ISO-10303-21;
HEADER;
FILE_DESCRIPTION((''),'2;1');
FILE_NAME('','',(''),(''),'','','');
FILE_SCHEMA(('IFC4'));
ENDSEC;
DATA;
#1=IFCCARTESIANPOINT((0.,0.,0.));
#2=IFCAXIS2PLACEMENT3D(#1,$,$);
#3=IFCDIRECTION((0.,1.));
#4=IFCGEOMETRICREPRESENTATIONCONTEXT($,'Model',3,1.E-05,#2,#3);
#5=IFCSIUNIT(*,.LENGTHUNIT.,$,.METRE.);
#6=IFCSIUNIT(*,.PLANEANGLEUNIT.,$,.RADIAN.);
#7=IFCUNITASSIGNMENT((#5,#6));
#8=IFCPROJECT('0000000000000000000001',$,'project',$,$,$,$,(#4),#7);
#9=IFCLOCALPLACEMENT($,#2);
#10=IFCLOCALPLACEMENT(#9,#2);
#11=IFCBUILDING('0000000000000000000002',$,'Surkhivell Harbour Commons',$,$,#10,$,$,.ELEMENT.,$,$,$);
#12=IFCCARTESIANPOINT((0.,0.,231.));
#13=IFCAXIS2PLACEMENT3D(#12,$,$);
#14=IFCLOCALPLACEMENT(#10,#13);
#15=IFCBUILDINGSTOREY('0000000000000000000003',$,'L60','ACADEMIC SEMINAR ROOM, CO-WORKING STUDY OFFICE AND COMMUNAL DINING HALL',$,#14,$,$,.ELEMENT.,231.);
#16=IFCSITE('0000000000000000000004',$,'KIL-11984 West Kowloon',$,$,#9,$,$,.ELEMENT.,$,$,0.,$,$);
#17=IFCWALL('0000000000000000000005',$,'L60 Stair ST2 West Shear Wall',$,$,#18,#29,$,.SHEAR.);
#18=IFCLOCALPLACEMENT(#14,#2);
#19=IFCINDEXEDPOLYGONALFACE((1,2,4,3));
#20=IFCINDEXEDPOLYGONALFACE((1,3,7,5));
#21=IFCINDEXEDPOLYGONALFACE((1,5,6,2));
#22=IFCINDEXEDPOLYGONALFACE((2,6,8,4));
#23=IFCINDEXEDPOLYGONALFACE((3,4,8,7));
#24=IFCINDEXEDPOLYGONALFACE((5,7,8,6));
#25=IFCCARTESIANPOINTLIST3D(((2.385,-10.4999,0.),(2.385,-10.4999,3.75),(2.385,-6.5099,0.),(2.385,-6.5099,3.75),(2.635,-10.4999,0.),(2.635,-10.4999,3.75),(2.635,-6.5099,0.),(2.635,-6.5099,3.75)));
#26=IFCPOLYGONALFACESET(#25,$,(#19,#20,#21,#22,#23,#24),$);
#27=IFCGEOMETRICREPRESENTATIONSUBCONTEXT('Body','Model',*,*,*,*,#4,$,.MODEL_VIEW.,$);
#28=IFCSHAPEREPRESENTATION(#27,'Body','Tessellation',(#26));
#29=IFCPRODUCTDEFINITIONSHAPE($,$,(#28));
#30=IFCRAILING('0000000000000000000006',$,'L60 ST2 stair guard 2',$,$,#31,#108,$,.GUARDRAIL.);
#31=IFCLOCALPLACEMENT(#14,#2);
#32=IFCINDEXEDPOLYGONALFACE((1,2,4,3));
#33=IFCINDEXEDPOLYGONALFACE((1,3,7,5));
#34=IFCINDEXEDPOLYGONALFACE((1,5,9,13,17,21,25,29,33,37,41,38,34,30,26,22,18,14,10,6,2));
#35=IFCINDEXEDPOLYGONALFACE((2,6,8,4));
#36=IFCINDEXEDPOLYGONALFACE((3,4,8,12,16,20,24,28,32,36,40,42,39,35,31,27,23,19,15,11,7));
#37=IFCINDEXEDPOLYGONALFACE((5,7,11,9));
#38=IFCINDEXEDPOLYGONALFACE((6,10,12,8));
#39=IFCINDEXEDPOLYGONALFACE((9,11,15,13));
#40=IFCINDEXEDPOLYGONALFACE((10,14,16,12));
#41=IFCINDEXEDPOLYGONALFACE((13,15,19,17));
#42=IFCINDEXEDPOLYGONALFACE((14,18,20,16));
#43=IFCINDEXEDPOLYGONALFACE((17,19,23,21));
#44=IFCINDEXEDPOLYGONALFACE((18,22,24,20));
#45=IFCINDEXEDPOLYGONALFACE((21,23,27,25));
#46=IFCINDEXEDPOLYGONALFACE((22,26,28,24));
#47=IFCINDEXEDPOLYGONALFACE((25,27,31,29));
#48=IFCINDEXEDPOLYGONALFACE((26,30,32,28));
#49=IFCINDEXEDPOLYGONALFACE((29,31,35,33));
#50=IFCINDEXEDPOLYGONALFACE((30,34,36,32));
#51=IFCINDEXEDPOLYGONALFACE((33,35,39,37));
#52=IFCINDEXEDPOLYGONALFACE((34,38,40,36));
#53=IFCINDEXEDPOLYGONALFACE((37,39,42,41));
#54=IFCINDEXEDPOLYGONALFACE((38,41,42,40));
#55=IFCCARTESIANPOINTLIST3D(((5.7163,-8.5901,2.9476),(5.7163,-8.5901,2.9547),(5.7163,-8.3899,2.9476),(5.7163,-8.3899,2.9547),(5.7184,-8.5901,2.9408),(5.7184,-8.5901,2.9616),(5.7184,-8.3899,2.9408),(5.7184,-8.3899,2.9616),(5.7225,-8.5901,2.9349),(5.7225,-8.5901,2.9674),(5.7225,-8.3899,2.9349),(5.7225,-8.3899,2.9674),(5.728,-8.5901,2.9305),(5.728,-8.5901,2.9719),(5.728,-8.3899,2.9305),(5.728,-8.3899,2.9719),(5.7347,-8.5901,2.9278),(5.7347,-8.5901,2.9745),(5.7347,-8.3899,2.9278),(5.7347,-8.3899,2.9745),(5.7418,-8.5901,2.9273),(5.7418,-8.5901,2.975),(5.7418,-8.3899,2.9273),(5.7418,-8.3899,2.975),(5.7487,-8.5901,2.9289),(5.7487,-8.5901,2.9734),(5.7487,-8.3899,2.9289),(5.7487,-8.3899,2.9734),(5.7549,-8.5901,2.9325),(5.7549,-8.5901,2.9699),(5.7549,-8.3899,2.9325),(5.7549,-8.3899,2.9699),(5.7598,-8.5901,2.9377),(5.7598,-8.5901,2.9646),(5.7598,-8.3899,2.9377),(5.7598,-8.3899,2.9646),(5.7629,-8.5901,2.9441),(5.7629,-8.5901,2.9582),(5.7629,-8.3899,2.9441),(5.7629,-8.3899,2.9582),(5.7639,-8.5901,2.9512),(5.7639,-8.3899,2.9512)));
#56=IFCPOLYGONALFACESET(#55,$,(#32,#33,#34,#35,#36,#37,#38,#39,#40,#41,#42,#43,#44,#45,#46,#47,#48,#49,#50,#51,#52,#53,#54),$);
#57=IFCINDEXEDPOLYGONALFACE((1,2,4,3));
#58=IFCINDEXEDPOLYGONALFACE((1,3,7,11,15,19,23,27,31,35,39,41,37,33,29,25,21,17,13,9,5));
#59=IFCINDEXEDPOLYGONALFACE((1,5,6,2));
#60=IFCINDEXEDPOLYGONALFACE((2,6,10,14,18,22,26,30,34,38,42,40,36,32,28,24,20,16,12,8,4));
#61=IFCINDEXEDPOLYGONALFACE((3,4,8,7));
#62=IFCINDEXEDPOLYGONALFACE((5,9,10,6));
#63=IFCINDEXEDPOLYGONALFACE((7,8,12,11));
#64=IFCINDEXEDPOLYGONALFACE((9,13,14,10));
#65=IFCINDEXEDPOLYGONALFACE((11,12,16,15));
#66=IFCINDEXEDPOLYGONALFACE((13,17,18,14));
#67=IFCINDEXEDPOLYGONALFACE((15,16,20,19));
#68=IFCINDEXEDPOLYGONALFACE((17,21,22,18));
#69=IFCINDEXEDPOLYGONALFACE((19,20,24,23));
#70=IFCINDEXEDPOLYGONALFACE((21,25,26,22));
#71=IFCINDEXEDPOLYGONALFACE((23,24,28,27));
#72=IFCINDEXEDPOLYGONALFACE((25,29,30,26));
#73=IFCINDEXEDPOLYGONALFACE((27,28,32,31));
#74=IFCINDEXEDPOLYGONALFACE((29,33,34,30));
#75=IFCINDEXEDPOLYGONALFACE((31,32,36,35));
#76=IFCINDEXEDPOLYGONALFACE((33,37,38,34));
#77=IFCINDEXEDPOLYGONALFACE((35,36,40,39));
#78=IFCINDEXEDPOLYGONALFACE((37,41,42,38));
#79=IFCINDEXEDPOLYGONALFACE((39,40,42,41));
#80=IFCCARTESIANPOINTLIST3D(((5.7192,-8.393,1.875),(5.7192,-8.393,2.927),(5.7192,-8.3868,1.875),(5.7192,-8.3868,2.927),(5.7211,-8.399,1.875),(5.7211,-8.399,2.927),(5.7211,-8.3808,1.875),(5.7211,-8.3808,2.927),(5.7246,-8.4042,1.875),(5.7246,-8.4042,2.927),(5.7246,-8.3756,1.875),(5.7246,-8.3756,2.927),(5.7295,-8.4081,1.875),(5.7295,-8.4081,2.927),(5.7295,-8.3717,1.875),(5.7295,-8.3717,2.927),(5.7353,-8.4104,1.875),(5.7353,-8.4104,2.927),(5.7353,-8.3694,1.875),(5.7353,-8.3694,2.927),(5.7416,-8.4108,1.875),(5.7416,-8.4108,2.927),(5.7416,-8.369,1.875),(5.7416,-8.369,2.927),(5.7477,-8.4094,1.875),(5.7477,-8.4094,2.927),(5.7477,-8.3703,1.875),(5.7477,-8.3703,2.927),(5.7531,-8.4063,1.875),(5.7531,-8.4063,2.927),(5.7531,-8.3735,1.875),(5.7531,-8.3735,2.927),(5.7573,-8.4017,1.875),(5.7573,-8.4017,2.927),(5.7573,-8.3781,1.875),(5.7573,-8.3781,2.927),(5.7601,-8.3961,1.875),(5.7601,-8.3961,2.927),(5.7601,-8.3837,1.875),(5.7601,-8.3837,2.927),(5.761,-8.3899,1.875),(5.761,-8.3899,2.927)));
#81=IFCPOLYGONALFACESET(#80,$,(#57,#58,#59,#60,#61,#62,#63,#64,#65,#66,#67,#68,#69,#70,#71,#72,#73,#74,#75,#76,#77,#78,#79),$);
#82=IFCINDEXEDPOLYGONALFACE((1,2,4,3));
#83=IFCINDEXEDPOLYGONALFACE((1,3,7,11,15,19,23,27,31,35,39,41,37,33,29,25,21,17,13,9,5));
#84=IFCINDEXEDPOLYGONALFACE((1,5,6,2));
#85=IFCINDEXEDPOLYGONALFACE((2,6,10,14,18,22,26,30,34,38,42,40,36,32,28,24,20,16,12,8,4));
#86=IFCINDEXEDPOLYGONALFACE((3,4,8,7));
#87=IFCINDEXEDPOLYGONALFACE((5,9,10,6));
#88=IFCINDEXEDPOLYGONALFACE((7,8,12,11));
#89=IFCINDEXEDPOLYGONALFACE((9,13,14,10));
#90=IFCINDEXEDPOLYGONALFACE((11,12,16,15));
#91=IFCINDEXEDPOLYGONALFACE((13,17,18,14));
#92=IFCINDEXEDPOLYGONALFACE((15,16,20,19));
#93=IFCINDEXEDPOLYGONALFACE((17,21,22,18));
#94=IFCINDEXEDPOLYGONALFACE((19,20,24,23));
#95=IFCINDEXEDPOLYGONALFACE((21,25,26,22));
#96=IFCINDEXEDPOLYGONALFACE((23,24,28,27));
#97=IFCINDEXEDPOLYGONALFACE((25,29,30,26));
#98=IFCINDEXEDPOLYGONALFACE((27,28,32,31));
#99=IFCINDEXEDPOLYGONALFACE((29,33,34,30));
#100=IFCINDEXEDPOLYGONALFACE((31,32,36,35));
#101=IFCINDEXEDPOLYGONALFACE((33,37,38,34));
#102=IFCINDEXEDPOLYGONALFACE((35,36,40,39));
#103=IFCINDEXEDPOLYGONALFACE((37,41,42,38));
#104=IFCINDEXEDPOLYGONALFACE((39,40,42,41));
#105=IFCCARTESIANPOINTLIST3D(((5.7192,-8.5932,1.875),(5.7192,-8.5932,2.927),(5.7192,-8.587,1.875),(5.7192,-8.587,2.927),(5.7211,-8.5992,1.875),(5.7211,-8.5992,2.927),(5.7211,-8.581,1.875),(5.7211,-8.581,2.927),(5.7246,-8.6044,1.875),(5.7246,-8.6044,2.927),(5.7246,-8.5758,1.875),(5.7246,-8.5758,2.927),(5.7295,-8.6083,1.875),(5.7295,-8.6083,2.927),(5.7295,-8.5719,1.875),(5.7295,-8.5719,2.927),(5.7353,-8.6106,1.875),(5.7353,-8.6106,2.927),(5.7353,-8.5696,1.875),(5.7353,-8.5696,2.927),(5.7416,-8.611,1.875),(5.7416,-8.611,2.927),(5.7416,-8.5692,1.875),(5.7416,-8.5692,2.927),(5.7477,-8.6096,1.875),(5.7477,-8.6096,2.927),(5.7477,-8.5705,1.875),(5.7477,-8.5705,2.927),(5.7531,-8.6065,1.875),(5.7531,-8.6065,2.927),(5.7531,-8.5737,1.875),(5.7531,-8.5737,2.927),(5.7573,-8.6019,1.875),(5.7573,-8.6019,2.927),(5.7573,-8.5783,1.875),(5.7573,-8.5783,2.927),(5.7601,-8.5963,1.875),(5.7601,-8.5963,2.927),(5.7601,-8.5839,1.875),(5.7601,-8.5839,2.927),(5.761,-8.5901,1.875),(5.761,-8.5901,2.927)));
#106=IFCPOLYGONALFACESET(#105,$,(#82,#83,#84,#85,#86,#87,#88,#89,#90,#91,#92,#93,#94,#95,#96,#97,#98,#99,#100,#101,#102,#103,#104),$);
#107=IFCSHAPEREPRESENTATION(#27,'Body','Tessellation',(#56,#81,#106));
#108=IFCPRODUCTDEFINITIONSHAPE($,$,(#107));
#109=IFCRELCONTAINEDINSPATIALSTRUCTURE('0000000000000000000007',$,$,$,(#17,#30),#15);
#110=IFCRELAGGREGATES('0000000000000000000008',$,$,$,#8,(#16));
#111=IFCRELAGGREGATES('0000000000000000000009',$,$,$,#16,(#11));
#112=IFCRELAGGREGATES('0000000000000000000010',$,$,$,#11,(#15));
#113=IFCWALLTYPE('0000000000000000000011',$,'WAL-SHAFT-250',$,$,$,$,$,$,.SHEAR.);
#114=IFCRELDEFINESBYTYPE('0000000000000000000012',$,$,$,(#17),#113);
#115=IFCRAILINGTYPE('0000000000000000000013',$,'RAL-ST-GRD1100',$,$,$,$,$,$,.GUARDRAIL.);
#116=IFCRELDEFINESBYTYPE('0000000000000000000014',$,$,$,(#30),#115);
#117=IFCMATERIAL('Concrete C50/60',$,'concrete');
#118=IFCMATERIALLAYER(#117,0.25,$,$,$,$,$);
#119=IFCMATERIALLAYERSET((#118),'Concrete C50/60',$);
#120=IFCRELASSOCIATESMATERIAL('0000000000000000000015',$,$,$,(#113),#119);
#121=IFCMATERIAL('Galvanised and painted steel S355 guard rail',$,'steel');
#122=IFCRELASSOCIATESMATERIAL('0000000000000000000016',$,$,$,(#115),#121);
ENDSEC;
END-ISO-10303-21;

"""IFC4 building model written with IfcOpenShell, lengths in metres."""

from ifc_helpers import new_model, si_unit, direction, frame, frame_2d, origin, origin_2d, place, context, subcontext, project, spatial, rectangle, circle, extrude, material, layer, layer_set, type_object, element, save


model = new_model("IFC4")

# Units and contexts
model_context = context("Model", 3, precision=1e-05, world=origin(), true_north=direction((0.0, 1.0)))
body_context = subcontext(model_context, "Body", "Model", "MODEL_VIEW")
ifc_project = project(units=[si_unit("LENGTHUNIT", "METRE"), si_unit("PLANEANGLEUNIT", "RADIAN")], contexts=[model_context])

# Site, building, storey
site_placement = place(None, origin())
site = spatial("IfcSite", under=ifc_project, at=site_placement, Name="KIL-11984 West Kowloon", CompositionType="ELEMENT", RefElevation=0.0)
building_placement = place(site_placement, origin())
building = spatial("IfcBuilding", under=site, at=building_placement, Name="Surkhivell Harbour Commons", CompositionType="ELEMENT")
storey_placement = place(building_placement, frame((0.0, 0.0, 231.0)))
storey = spatial("IfcBuildingStorey", under=building, at=storey_placement, Name="L60", Description="ACADEMIC SEMINAR ROOM, CO-WORKING STUDY OFFICE AND COMMUNAL DINING HALL", CompositionType="ELEMENT", Elevation=231.0)

# Shared definitions
ifc_material_1 = material(Name="Concrete C50/60", Category="concrete")

# Shared definitions
ifc_layer_1 = layer(ifc_material_1, 0.25)
ifc_layer_set_1 = layer_set([ifc_layer_1], Name="Concrete C50/60")
wall_type_1 = type_object("IfcWallType", Name="WAL-SHAFT-250", PredefinedType="SHEAR", material=ifc_layer_set_1)

# Wall
wall_1_placement = place(storey_placement, frame((2.51, -10.5, 0.0), z_axis=(0.0, 0.0, 1.0), x_axis=(0.0, 1.0, 0.0)))
element("IfcWall", 1, at=wall_1_placement, inside=storey, type_object=wall_type_1, Name="L60 Stair ST2 West Shear Wall", PredefinedType="SHEAR", context=body_context, shape_type="SweptSolid", body=[
    extrude(rectangle(XDim=3.99, YDim=0.25, at=frame_2d((1.9951, 0.0))), origin(), (0.0, 0.0, 1.0), 3.75),
])

# Railing
ifc_material_2 = material(Name="Galvanised and painted steel S355 guard rail", Category="steel")
railing_type_1 = type_object("IfcRailingType", Name="RAL-ST-GRD1100", PredefinedType="GUARDRAIL", material=ifc_material_2)
railing_1_placement = place(storey_placement, frame((5.74, -8.3899, 1.875)))
element("IfcRailing", 2, at=railing_1_placement, inside=storey, type_object=railing_type_1, Name="L60 ST2 stair guard 2", PredefinedType="GUARDRAIL", context=body_context, shape_type="SweptSolid", body=[
    extrude(circle(Radius=0.0239, at=origin_2d()), frame((0.0, 0.0, 1.0762), z_axis=(0.0, -1.0, 0.0), x_axis=(1.0, 0.0, 0.0)), (0.0, 0.0, 1.0), 0.2002),
    extrude(circle(Radius=0.021, at=origin_2d()), origin(), (0.0, 0.0, 1.0), 1.052),
    extrude(circle(Radius=0.021, at=origin_2d()), frame((0.0, -0.2002, 0.0)), (0.0, 0.0, 1.0), 1.052),
])

save(model, "model.ifc")
